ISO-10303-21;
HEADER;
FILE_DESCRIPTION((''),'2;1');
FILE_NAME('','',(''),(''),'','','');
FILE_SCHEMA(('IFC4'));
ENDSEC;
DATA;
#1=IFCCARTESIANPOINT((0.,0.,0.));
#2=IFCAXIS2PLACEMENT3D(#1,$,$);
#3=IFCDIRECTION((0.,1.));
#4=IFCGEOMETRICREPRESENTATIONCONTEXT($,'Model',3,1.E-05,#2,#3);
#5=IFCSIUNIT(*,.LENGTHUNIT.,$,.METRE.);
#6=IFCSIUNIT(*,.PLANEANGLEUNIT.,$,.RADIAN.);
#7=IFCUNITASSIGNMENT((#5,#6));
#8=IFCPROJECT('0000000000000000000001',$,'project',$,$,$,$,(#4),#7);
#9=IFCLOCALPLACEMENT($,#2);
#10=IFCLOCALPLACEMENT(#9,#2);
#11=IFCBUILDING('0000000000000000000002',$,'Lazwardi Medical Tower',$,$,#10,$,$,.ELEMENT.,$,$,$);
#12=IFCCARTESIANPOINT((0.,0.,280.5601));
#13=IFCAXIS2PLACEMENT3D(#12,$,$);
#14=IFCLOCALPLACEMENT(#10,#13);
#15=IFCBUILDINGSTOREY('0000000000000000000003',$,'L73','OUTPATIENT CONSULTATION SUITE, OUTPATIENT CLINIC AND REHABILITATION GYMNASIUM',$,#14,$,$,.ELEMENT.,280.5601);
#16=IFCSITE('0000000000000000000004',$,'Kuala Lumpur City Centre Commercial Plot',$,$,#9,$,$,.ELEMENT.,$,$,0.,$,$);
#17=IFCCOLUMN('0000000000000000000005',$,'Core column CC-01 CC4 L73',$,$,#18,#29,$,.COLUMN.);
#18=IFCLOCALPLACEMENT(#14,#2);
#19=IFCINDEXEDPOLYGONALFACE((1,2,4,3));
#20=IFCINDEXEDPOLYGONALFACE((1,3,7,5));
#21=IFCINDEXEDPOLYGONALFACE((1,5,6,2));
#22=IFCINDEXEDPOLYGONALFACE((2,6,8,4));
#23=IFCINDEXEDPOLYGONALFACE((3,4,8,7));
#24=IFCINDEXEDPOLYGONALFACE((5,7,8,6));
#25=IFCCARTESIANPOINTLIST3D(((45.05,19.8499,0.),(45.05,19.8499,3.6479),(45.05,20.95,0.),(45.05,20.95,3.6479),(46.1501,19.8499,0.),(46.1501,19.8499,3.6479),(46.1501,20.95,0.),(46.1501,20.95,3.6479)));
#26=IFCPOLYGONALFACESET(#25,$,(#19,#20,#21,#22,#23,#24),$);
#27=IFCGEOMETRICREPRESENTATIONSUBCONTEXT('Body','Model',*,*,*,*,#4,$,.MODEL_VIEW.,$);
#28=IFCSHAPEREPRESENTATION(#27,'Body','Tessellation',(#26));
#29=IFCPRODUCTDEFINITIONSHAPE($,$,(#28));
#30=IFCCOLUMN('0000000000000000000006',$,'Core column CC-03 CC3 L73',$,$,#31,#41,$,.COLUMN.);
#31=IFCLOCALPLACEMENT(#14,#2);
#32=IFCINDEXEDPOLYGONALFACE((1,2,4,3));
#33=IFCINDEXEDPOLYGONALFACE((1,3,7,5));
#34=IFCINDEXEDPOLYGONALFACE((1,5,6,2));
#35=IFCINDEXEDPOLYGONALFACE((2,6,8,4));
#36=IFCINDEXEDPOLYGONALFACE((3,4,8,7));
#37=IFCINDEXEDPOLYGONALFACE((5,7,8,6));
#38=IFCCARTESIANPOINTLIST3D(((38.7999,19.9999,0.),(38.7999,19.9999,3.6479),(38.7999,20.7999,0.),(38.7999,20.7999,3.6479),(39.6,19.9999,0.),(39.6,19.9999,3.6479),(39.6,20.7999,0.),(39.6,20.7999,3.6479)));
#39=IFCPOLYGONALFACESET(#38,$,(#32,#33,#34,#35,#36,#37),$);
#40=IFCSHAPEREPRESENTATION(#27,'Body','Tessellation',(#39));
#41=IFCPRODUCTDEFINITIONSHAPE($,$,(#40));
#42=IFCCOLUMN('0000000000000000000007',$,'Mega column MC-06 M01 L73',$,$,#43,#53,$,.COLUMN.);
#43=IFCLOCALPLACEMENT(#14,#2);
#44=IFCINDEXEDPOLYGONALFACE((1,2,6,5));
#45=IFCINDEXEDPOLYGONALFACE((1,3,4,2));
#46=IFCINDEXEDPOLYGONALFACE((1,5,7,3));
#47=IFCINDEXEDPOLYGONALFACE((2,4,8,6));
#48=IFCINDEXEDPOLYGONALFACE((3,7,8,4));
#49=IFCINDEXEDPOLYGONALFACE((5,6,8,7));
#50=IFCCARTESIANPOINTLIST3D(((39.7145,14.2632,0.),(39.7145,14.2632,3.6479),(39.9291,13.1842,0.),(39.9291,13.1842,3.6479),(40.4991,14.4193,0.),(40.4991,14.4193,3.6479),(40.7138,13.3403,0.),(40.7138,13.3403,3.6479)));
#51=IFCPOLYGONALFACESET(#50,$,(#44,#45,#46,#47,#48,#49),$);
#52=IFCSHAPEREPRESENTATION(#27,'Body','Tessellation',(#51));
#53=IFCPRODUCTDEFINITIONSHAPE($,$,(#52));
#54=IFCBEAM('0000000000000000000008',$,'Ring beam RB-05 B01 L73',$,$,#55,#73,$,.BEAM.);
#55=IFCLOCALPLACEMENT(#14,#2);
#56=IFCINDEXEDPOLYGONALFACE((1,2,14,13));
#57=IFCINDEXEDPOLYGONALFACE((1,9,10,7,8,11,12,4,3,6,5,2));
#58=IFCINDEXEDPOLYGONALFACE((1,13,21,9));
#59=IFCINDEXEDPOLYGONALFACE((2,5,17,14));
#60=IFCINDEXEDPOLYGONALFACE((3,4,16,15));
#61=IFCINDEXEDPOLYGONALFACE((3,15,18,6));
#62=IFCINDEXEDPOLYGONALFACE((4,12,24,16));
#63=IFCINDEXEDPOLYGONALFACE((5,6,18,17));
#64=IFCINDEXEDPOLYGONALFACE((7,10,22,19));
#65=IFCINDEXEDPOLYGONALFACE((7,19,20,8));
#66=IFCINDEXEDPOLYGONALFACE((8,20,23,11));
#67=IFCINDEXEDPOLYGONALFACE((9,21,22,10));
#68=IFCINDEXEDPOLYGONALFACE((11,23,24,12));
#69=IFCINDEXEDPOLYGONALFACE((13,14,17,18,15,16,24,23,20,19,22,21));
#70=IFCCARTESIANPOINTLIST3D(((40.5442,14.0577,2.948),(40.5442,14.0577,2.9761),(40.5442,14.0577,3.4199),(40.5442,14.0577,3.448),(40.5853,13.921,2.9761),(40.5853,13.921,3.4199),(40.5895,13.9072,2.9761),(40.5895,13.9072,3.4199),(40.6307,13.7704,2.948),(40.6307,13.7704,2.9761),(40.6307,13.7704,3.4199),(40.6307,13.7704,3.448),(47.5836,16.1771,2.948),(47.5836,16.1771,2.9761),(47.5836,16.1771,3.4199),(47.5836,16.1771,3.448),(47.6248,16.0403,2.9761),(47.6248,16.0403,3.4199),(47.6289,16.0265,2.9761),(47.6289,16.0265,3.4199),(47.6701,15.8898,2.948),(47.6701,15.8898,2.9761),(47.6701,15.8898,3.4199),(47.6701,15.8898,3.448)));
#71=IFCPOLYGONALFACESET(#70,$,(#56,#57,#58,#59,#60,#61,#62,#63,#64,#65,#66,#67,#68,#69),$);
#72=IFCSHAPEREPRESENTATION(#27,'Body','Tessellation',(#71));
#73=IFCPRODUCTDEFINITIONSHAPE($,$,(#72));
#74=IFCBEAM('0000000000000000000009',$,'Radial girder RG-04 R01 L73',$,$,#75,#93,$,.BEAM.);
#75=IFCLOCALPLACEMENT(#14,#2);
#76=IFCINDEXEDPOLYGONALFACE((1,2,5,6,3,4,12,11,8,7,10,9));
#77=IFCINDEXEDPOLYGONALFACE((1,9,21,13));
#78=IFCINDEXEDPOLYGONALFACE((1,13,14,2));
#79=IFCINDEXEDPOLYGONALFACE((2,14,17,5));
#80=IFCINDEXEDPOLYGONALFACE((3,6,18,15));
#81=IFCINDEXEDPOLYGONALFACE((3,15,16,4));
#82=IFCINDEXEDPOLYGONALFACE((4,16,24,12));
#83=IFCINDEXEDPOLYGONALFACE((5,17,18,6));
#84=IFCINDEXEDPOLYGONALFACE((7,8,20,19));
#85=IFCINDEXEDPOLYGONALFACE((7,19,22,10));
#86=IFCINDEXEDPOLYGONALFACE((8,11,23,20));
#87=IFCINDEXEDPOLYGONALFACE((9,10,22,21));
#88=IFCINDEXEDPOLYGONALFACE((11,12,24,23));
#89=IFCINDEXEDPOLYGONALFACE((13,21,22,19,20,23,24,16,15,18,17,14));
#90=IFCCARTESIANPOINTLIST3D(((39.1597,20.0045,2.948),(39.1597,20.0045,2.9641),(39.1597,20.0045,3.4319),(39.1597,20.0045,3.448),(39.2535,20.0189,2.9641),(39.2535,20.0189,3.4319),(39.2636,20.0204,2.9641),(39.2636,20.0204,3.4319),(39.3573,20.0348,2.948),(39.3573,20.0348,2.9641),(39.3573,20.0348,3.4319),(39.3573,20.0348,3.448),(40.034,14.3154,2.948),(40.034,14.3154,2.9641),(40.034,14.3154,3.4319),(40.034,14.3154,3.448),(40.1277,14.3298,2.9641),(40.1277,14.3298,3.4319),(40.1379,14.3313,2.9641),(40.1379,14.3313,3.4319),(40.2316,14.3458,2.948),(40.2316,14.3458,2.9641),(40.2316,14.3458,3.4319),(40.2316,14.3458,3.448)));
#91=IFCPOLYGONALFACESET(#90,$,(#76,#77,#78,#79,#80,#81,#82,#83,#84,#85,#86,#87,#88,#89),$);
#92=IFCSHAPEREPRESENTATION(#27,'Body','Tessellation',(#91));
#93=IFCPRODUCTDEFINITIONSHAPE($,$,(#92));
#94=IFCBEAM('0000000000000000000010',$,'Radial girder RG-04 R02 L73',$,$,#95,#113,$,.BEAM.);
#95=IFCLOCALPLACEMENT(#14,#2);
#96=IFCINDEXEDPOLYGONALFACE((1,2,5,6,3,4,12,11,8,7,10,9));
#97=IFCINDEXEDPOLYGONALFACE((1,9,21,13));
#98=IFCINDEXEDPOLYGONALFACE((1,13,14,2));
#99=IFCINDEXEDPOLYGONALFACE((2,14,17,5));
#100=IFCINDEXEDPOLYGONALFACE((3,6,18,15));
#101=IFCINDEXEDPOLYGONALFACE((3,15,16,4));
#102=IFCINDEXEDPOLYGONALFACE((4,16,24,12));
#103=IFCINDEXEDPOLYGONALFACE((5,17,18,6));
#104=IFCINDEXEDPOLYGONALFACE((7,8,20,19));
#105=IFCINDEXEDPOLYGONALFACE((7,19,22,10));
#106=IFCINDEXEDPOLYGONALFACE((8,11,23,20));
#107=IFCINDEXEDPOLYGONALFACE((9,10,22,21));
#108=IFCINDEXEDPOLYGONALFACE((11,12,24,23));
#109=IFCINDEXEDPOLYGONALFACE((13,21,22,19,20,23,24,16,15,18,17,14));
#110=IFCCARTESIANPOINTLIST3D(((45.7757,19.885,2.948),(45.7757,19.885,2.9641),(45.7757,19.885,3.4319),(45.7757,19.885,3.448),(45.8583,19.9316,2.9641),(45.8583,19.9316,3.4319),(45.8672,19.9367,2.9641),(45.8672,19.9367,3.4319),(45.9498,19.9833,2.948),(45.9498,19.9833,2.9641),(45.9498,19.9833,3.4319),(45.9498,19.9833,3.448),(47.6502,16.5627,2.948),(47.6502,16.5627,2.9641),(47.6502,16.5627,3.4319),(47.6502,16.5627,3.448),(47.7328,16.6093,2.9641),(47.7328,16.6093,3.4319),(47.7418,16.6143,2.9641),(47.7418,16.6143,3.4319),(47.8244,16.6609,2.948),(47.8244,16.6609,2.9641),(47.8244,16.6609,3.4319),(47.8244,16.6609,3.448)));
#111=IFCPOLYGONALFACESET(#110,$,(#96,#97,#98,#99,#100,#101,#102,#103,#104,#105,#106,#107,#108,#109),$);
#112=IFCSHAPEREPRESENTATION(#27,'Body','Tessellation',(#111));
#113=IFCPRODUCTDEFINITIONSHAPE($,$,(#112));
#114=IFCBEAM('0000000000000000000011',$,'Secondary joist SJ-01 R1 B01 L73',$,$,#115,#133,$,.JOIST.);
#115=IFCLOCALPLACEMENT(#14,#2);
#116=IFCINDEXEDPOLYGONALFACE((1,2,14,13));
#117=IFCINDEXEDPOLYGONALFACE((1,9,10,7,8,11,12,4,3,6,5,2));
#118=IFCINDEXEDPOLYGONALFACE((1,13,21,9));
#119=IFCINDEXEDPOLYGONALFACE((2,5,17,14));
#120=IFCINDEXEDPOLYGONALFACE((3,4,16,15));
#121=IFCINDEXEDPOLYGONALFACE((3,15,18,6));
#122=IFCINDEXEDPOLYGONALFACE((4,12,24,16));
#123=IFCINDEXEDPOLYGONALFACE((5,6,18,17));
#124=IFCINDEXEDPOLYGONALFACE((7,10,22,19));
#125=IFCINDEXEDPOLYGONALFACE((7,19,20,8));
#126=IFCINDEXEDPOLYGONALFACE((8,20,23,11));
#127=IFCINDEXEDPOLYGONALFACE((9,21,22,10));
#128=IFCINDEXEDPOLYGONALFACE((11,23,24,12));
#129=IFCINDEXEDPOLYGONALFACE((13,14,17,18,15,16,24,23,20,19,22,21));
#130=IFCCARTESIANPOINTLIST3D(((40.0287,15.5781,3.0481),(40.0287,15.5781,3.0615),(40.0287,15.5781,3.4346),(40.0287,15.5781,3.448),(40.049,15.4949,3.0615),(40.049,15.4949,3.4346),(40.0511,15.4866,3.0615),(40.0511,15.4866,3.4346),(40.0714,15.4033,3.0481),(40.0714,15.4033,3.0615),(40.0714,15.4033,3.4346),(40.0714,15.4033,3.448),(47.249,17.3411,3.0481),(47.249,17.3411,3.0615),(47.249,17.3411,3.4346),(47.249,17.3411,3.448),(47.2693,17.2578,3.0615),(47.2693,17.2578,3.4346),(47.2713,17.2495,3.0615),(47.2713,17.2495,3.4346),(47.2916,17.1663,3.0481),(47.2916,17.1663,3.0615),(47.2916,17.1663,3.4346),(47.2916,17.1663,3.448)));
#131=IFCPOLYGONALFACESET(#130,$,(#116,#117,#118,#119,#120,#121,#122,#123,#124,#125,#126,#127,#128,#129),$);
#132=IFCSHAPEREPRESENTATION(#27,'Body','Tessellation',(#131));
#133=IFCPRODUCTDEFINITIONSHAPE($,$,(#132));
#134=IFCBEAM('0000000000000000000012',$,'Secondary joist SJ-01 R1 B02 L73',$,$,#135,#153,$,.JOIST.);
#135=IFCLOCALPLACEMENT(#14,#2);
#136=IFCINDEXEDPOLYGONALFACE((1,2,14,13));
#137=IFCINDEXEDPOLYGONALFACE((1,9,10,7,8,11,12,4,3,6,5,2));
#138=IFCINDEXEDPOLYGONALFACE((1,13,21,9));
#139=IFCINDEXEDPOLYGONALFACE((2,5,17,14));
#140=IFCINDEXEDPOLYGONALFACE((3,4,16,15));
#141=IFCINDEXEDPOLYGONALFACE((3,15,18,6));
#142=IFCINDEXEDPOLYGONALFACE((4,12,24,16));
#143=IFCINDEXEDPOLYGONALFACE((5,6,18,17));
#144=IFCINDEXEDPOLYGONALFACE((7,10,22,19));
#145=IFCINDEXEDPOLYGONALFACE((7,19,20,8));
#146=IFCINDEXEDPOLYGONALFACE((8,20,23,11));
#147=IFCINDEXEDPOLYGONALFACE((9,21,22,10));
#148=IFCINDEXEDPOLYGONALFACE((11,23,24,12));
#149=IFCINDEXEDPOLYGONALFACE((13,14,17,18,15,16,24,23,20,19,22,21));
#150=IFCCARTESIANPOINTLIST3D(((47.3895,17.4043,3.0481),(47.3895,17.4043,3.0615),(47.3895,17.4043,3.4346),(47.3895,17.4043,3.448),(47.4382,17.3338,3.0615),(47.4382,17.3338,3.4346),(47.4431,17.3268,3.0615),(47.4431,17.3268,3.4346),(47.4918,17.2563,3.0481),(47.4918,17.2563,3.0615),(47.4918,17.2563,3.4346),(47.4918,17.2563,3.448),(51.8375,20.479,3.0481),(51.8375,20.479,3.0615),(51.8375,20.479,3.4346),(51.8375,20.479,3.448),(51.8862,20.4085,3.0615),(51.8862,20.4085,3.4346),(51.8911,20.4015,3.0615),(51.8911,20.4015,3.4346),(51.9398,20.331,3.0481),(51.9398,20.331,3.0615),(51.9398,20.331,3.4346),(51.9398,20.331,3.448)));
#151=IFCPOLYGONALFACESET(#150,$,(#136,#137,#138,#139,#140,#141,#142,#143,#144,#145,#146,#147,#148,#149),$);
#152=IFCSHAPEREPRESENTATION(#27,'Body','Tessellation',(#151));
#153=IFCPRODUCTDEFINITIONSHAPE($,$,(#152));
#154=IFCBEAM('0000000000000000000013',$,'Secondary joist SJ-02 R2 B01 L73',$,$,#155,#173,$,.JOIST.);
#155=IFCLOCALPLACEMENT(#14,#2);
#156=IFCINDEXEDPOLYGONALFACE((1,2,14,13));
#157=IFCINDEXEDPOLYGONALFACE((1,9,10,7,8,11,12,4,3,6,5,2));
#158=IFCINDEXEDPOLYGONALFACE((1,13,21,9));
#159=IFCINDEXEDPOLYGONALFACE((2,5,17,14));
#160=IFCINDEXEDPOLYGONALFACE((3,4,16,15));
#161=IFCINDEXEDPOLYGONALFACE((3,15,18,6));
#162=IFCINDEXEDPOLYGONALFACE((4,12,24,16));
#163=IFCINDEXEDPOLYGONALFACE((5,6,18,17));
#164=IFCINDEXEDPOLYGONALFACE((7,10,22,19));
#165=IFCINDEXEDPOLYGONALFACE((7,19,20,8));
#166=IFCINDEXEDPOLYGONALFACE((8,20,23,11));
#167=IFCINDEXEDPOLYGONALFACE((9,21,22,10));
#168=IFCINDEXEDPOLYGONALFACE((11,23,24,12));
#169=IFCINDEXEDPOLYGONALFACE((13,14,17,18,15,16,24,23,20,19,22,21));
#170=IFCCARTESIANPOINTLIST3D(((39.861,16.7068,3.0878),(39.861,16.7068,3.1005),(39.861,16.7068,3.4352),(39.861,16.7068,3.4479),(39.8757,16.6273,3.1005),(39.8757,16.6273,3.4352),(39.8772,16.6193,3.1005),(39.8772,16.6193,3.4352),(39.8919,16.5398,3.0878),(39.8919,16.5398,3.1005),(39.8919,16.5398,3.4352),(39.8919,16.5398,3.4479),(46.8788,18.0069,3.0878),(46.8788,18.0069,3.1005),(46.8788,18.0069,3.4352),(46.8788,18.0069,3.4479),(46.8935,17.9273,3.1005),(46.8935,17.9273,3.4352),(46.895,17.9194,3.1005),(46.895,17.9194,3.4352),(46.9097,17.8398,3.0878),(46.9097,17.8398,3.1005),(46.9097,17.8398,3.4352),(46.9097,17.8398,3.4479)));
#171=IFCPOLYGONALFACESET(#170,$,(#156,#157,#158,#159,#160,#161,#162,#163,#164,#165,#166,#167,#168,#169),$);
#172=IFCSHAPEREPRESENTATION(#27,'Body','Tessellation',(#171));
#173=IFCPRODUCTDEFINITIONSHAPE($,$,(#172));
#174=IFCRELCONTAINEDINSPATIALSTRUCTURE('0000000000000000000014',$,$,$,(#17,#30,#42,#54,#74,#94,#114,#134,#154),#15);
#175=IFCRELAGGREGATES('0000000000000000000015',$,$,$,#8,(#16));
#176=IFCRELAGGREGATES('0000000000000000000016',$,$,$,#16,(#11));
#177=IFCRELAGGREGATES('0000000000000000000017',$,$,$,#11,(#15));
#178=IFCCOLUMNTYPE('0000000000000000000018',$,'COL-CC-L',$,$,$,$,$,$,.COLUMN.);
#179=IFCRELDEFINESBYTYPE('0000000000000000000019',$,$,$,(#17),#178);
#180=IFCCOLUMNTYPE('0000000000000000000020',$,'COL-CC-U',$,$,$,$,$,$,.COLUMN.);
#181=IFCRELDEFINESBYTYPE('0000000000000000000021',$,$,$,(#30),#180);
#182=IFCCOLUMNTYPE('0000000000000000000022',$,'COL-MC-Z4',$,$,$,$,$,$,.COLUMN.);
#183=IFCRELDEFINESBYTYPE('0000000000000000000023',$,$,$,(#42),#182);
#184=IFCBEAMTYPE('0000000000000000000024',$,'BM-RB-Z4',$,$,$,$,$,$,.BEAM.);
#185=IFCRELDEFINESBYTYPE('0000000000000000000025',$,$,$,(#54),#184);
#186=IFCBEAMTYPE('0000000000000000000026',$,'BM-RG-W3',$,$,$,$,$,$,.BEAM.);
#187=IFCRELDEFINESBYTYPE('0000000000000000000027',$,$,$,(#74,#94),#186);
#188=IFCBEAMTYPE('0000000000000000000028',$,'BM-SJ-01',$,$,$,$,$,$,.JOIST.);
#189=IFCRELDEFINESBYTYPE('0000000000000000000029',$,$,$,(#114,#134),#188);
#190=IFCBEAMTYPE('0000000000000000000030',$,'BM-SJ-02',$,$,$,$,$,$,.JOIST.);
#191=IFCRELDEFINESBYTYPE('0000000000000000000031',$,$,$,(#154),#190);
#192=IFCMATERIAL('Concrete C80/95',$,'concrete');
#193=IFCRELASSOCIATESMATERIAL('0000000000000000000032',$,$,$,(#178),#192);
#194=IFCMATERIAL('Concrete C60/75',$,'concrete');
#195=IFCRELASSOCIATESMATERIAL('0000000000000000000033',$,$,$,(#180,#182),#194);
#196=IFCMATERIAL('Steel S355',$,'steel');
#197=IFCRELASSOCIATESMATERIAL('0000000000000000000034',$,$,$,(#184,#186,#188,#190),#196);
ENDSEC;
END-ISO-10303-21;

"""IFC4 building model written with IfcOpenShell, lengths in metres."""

from ifc_helpers import new_model, si_unit, direction, frame, origin, origin_2d, place, context, subcontext, project, spatial, rectangle, i_section, extrude, material, material_profile, profile_set, type_object, element, save


model = new_model("IFC4")

# Units and contexts
model_context = context("Model", 3, precision=1e-05, world=origin(), true_north=direction((0.0, 1.0)))
body_context = subcontext(model_context, "Body", "Model", "MODEL_VIEW")
ifc_project = project(units=[si_unit("LENGTHUNIT", "METRE"), si_unit("PLANEANGLEUNIT", "RADIAN")], contexts=[model_context])

# Site, building, storey
site_placement = place(None, origin())
site = spatial("IfcSite", under=ifc_project, at=site_placement, Name="Kuala Lumpur City Centre Commercial Plot", CompositionType="ELEMENT", RefElevation=0.0)
building_placement = place(site_placement, origin())
building = spatial("IfcBuilding", under=site, at=building_placement, Name="Lazwardi Medical Tower", CompositionType="ELEMENT")
storey_placement = place(building_placement, frame((0.0, 0.0, 280.5601)))
storey = spatial("IfcBuildingStorey", under=building, at=storey_placement, Name="L73", Description="OUTPATIENT CONSULTATION SUITE, OUTPATIENT CLINIC AND REHABILITATION GYMNASIUM", CompositionType="ELEMENT", Elevation=280.5601)

# Columns
ifc_material_1 = material(Name="Concrete C80/95", Category="concrete")
ifc_material_profile_1 = material_profile(ifc_material_1, rectangle(XDim=1.1001, YDim=1.1001, at=origin_2d()), Name="RC 1100x1100")
ifc_profile_set_1 = profile_set([ifc_material_profile_1], Name="Concrete C80/95")
column_type_1 = type_object("IfcColumnType", Name="COL-CC-L", PredefinedType="COLUMN", material=ifc_profile_set_1)
column_1_placement = place(storey_placement, frame((45.6001, 20.3999, 0.0), z_axis=(0.0, 0.0, 1.0), x_axis=(1.0, 0.0, 0.0)))
element("IfcColumn", 1, at=column_1_placement, inside=storey, type_object=column_type_1, Name="Core column CC-01 CC4 L73", PredefinedType="COLUMN", context=body_context, shape_type="SweptSolid", body=[
    extrude(rectangle(XDim=1.1001, YDim=1.1001, at=origin_2d()), origin(), (0.0, 0.0, 1.0), 3.6479),
])
ifc_material_2 = material(Name="Concrete C60/75", Category="concrete")
ifc_material_profile_2 = material_profile(ifc_material_2, rectangle(XDim=0.8, YDim=0.8, at=origin_2d()), Name="RC 800x800")
ifc_profile_set_2 = profile_set([ifc_material_profile_2], Name="Concrete C60/75")
column_type_2 = type_object("IfcColumnType", Name="COL-CC-U", PredefinedType="COLUMN", material=ifc_profile_set_2)
column_2_placement = place(storey_placement, frame((39.2, 20.3999, 0.0), z_axis=(0.0, 0.0, 1.0), x_axis=(1.0, 0.0, 0.0)))
element("IfcColumn", 2, at=column_2_placement, inside=storey, type_object=column_type_2, Name="Core column CC-03 CC3 L73", PredefinedType="COLUMN", context=body_context, shape_type="SweptSolid", body=[
    extrude(rectangle(XDim=0.8, YDim=0.8, at=origin_2d()), origin(), (0.0, 0.0, 1.0), 3.6479),
])
ifc_material_profile_3 = material_profile(ifc_material_2, rectangle(XDim=1.1001, YDim=0.8, at=origin_2d()), Name="CFT-RECT 1100x800")
ifc_profile_set_3 = profile_set([ifc_material_profile_3], Name="Concrete C60/75")
column_type_3 = type_object("IfcColumnType", Name="COL-MC-Z4", PredefinedType="COLUMN", material=ifc_profile_set_3)
column_3_placement = place(storey_placement, frame((40.2141, 13.8018, 0.0), z_axis=(0.0, 0.0, 1.0), x_axis=(0.19509, -0.980785, 0.0)))
element("IfcColumn", 3, at=column_3_placement, inside=storey, type_object=column_type_3, Name="Mega column MC-06 M01 L73", PredefinedType="COLUMN", context=body_context, shape_type="SweptSolid", body=[
    extrude(rectangle(XDim=1.1001, YDim=0.8, at=origin_2d()), origin(), (0.0, 0.0, 1.0), 3.6479),
])

# Beams
ifc_material_3 = material(Name="Steel S355", Category="steel")
ifc_material_profile_4 = material_profile(ifc_material_3, i_section(OverallWidth=0.3, OverallDepth=0.5, WebThickness=0.0144, FlangeThickness=0.0281, at=origin_2d()), Name="HEB 500")
ifc_profile_set_4 = profile_set([ifc_material_profile_4], Name="Steel S355")
beam_type_1 = type_object("IfcBeamType", Name="BM-RB-Z4", PredefinedType="BEAM", material=ifc_profile_set_4)
beam_1_placement = place(storey_placement, frame((40.5874, 13.9141, 3.198), z_axis=(0.957544, 0.288286, 0.0), x_axis=(-0.288286, 0.957544, 0.0)))
element("IfcBeam", 4, at=beam_1_placement, inside=storey, type_object=beam_type_1, Name="Ring beam RB-05 B01 L73", PredefinedType="BEAM", context=body_context, shape_type="SweptSolid", body=[
    extrude(i_section(OverallWidth=0.3, OverallDepth=0.5, WebThickness=0.0144, FlangeThickness=0.0281, at=origin_2d()), origin(), (0.0, 0.0, 1.0), 7.3516),
])
ifc_material_profile_5 = material_profile(ifc_material_3, i_section(OverallWidth=0.2, OverallDepth=0.5, WebThickness=0.0103, FlangeThickness=0.0161, at=origin_2d()), Name="IPE 500")
ifc_profile_set_5 = profile_set([ifc_material_profile_5], Name="Steel S355")
beam_type_2 = type_object("IfcBeamType", Name="BM-RG-W3", PredefinedType="BEAM", material=ifc_profile_set_5)
beam_2_placement = place(storey_placement, frame((40.1328, 14.3306, 3.198), z_axis=(-0.151895, 0.988397, 0.0), x_axis=(-0.988397, -0.151895, 0.0)))
element("IfcBeam", 5, at=beam_2_placement, inside=storey, type_object=beam_type_2, Name="Radial girder RG-04 R01 L73", PredefinedType="BEAM", context=body_context, shape_type="SweptSolid", body=[
    extrude(i_section(OverallWidth=0.2, OverallDepth=0.5, WebThickness=0.0103, FlangeThickness=0.0161, at=origin_2d()), origin(), (0.0, 0.0, 1.0), 5.7559),
])
beam_3_placement = place(storey_placement, frame((47.7373, 16.6118, 3.198), z_axis=(-0.491403, 0.870932, 0.0), x_axis=(-0.870932, -0.491403, 0.0)))
element("IfcBeam", 6, at=beam_3_placement, inside=storey, type_object=beam_type_2, Name="Radial girder RG-04 R02 L73", PredefinedType="BEAM", context=body_context, shape_type="SweptSolid", body=[
    extrude(i_section(OverallWidth=0.2, OverallDepth=0.5, WebThickness=0.0103, FlangeThickness=0.0161, at=origin_2d()), origin(), (0.0, 0.0, 1.0), 3.8147),
])
ifc_material_profile_6 = material_profile(ifc_material_3, i_section(OverallWidth=0.1799, OverallDepth=0.3999, WebThickness=0.0085, FlangeThickness=0.0134, at=origin_2d()), Name="IPE 400")
ifc_profile_set_6 = profile_set([ifc_material_profile_6], Name="Steel S355")
beam_type_3 = type_object("IfcBeamType", Name="BM-SJ-01", PredefinedType="JOIST", material=ifc_profile_set_6)
beam_4_placement = place(storey_placement, frame((40.05, 15.4907, 3.248), z_axis=(0.971461, 0.237199, 0.0), x_axis=(-0.237199, 0.971461, 0.0)))
element("IfcBeam", 7, at=beam_4_placement, inside=storey, type_object=beam_type_3, Name="Secondary joist SJ-01 R1 B01 L73", PredefinedType="JOIST", context=body_context, shape_type="SweptSolid", body=[
    extrude(i_section(OverallWidth=0.1799, OverallDepth=0.3999, WebThickness=0.0085, FlangeThickness=0.0134, at=origin_2d()), origin(), (0.0, 0.0, 1.0), 7.4324),
])
beam_5_placement = place(storey_placement, frame((47.4407, 17.3303, 3.248), z_axis=(0.822597, 0.568625, 0.0), x_axis=(-0.568625, 0.822597, 0.0)))
element("IfcBeam", 8, at=beam_5_placement, inside=storey, type_object=beam_type_3, Name="Secondary joist SJ-01 R1 B02 L73", PredefinedType="JOIST", context=body_context, shape_type="SweptSolid", body=[
    extrude(i_section(OverallWidth=0.1799, OverallDepth=0.3999, WebThickness=0.0085, FlangeThickness=0.0134, at=origin_2d()), origin(), (0.0, 0.0, 1.0), 5.4072),
])
ifc_material_profile_7 = material_profile(ifc_material_3, i_section(OverallWidth=0.1699, OverallDepth=0.3601, WebThickness=0.0081, FlangeThickness=0.0127, at=origin_2d()), Name="IPE 360")
ifc_profile_set_7 = profile_set([ifc_material_profile_7], Name="Steel S355")
beam_type_4 = type_object("IfcBeamType", Name="BM-SJ-02", PredefinedType="JOIST", material=ifc_profile_set_7)
beam_6_placement = place(storey_placement, frame((39.8765, 16.6233, 3.2678), z_axis=(0.983271, 0.182151, 0.0), x_axis=(-0.182151, 0.983271, 0.0)))
element("IfcBeam", 9, at=beam_6_placement, inside=storey, type_object=beam_type_4, Name="Secondary joist SJ-02 R2 B01 L73", PredefinedType="JOIST", context=body_context, shape_type="SweptSolid", body=[
    extrude(i_section(OverallWidth=0.1699, OverallDepth=0.3601, WebThickness=0.0081, FlangeThickness=0.0127, at=origin_2d()), origin(), (0.0, 0.0, 1.0), 7.1372),
])

save(model, "model.ifc")
